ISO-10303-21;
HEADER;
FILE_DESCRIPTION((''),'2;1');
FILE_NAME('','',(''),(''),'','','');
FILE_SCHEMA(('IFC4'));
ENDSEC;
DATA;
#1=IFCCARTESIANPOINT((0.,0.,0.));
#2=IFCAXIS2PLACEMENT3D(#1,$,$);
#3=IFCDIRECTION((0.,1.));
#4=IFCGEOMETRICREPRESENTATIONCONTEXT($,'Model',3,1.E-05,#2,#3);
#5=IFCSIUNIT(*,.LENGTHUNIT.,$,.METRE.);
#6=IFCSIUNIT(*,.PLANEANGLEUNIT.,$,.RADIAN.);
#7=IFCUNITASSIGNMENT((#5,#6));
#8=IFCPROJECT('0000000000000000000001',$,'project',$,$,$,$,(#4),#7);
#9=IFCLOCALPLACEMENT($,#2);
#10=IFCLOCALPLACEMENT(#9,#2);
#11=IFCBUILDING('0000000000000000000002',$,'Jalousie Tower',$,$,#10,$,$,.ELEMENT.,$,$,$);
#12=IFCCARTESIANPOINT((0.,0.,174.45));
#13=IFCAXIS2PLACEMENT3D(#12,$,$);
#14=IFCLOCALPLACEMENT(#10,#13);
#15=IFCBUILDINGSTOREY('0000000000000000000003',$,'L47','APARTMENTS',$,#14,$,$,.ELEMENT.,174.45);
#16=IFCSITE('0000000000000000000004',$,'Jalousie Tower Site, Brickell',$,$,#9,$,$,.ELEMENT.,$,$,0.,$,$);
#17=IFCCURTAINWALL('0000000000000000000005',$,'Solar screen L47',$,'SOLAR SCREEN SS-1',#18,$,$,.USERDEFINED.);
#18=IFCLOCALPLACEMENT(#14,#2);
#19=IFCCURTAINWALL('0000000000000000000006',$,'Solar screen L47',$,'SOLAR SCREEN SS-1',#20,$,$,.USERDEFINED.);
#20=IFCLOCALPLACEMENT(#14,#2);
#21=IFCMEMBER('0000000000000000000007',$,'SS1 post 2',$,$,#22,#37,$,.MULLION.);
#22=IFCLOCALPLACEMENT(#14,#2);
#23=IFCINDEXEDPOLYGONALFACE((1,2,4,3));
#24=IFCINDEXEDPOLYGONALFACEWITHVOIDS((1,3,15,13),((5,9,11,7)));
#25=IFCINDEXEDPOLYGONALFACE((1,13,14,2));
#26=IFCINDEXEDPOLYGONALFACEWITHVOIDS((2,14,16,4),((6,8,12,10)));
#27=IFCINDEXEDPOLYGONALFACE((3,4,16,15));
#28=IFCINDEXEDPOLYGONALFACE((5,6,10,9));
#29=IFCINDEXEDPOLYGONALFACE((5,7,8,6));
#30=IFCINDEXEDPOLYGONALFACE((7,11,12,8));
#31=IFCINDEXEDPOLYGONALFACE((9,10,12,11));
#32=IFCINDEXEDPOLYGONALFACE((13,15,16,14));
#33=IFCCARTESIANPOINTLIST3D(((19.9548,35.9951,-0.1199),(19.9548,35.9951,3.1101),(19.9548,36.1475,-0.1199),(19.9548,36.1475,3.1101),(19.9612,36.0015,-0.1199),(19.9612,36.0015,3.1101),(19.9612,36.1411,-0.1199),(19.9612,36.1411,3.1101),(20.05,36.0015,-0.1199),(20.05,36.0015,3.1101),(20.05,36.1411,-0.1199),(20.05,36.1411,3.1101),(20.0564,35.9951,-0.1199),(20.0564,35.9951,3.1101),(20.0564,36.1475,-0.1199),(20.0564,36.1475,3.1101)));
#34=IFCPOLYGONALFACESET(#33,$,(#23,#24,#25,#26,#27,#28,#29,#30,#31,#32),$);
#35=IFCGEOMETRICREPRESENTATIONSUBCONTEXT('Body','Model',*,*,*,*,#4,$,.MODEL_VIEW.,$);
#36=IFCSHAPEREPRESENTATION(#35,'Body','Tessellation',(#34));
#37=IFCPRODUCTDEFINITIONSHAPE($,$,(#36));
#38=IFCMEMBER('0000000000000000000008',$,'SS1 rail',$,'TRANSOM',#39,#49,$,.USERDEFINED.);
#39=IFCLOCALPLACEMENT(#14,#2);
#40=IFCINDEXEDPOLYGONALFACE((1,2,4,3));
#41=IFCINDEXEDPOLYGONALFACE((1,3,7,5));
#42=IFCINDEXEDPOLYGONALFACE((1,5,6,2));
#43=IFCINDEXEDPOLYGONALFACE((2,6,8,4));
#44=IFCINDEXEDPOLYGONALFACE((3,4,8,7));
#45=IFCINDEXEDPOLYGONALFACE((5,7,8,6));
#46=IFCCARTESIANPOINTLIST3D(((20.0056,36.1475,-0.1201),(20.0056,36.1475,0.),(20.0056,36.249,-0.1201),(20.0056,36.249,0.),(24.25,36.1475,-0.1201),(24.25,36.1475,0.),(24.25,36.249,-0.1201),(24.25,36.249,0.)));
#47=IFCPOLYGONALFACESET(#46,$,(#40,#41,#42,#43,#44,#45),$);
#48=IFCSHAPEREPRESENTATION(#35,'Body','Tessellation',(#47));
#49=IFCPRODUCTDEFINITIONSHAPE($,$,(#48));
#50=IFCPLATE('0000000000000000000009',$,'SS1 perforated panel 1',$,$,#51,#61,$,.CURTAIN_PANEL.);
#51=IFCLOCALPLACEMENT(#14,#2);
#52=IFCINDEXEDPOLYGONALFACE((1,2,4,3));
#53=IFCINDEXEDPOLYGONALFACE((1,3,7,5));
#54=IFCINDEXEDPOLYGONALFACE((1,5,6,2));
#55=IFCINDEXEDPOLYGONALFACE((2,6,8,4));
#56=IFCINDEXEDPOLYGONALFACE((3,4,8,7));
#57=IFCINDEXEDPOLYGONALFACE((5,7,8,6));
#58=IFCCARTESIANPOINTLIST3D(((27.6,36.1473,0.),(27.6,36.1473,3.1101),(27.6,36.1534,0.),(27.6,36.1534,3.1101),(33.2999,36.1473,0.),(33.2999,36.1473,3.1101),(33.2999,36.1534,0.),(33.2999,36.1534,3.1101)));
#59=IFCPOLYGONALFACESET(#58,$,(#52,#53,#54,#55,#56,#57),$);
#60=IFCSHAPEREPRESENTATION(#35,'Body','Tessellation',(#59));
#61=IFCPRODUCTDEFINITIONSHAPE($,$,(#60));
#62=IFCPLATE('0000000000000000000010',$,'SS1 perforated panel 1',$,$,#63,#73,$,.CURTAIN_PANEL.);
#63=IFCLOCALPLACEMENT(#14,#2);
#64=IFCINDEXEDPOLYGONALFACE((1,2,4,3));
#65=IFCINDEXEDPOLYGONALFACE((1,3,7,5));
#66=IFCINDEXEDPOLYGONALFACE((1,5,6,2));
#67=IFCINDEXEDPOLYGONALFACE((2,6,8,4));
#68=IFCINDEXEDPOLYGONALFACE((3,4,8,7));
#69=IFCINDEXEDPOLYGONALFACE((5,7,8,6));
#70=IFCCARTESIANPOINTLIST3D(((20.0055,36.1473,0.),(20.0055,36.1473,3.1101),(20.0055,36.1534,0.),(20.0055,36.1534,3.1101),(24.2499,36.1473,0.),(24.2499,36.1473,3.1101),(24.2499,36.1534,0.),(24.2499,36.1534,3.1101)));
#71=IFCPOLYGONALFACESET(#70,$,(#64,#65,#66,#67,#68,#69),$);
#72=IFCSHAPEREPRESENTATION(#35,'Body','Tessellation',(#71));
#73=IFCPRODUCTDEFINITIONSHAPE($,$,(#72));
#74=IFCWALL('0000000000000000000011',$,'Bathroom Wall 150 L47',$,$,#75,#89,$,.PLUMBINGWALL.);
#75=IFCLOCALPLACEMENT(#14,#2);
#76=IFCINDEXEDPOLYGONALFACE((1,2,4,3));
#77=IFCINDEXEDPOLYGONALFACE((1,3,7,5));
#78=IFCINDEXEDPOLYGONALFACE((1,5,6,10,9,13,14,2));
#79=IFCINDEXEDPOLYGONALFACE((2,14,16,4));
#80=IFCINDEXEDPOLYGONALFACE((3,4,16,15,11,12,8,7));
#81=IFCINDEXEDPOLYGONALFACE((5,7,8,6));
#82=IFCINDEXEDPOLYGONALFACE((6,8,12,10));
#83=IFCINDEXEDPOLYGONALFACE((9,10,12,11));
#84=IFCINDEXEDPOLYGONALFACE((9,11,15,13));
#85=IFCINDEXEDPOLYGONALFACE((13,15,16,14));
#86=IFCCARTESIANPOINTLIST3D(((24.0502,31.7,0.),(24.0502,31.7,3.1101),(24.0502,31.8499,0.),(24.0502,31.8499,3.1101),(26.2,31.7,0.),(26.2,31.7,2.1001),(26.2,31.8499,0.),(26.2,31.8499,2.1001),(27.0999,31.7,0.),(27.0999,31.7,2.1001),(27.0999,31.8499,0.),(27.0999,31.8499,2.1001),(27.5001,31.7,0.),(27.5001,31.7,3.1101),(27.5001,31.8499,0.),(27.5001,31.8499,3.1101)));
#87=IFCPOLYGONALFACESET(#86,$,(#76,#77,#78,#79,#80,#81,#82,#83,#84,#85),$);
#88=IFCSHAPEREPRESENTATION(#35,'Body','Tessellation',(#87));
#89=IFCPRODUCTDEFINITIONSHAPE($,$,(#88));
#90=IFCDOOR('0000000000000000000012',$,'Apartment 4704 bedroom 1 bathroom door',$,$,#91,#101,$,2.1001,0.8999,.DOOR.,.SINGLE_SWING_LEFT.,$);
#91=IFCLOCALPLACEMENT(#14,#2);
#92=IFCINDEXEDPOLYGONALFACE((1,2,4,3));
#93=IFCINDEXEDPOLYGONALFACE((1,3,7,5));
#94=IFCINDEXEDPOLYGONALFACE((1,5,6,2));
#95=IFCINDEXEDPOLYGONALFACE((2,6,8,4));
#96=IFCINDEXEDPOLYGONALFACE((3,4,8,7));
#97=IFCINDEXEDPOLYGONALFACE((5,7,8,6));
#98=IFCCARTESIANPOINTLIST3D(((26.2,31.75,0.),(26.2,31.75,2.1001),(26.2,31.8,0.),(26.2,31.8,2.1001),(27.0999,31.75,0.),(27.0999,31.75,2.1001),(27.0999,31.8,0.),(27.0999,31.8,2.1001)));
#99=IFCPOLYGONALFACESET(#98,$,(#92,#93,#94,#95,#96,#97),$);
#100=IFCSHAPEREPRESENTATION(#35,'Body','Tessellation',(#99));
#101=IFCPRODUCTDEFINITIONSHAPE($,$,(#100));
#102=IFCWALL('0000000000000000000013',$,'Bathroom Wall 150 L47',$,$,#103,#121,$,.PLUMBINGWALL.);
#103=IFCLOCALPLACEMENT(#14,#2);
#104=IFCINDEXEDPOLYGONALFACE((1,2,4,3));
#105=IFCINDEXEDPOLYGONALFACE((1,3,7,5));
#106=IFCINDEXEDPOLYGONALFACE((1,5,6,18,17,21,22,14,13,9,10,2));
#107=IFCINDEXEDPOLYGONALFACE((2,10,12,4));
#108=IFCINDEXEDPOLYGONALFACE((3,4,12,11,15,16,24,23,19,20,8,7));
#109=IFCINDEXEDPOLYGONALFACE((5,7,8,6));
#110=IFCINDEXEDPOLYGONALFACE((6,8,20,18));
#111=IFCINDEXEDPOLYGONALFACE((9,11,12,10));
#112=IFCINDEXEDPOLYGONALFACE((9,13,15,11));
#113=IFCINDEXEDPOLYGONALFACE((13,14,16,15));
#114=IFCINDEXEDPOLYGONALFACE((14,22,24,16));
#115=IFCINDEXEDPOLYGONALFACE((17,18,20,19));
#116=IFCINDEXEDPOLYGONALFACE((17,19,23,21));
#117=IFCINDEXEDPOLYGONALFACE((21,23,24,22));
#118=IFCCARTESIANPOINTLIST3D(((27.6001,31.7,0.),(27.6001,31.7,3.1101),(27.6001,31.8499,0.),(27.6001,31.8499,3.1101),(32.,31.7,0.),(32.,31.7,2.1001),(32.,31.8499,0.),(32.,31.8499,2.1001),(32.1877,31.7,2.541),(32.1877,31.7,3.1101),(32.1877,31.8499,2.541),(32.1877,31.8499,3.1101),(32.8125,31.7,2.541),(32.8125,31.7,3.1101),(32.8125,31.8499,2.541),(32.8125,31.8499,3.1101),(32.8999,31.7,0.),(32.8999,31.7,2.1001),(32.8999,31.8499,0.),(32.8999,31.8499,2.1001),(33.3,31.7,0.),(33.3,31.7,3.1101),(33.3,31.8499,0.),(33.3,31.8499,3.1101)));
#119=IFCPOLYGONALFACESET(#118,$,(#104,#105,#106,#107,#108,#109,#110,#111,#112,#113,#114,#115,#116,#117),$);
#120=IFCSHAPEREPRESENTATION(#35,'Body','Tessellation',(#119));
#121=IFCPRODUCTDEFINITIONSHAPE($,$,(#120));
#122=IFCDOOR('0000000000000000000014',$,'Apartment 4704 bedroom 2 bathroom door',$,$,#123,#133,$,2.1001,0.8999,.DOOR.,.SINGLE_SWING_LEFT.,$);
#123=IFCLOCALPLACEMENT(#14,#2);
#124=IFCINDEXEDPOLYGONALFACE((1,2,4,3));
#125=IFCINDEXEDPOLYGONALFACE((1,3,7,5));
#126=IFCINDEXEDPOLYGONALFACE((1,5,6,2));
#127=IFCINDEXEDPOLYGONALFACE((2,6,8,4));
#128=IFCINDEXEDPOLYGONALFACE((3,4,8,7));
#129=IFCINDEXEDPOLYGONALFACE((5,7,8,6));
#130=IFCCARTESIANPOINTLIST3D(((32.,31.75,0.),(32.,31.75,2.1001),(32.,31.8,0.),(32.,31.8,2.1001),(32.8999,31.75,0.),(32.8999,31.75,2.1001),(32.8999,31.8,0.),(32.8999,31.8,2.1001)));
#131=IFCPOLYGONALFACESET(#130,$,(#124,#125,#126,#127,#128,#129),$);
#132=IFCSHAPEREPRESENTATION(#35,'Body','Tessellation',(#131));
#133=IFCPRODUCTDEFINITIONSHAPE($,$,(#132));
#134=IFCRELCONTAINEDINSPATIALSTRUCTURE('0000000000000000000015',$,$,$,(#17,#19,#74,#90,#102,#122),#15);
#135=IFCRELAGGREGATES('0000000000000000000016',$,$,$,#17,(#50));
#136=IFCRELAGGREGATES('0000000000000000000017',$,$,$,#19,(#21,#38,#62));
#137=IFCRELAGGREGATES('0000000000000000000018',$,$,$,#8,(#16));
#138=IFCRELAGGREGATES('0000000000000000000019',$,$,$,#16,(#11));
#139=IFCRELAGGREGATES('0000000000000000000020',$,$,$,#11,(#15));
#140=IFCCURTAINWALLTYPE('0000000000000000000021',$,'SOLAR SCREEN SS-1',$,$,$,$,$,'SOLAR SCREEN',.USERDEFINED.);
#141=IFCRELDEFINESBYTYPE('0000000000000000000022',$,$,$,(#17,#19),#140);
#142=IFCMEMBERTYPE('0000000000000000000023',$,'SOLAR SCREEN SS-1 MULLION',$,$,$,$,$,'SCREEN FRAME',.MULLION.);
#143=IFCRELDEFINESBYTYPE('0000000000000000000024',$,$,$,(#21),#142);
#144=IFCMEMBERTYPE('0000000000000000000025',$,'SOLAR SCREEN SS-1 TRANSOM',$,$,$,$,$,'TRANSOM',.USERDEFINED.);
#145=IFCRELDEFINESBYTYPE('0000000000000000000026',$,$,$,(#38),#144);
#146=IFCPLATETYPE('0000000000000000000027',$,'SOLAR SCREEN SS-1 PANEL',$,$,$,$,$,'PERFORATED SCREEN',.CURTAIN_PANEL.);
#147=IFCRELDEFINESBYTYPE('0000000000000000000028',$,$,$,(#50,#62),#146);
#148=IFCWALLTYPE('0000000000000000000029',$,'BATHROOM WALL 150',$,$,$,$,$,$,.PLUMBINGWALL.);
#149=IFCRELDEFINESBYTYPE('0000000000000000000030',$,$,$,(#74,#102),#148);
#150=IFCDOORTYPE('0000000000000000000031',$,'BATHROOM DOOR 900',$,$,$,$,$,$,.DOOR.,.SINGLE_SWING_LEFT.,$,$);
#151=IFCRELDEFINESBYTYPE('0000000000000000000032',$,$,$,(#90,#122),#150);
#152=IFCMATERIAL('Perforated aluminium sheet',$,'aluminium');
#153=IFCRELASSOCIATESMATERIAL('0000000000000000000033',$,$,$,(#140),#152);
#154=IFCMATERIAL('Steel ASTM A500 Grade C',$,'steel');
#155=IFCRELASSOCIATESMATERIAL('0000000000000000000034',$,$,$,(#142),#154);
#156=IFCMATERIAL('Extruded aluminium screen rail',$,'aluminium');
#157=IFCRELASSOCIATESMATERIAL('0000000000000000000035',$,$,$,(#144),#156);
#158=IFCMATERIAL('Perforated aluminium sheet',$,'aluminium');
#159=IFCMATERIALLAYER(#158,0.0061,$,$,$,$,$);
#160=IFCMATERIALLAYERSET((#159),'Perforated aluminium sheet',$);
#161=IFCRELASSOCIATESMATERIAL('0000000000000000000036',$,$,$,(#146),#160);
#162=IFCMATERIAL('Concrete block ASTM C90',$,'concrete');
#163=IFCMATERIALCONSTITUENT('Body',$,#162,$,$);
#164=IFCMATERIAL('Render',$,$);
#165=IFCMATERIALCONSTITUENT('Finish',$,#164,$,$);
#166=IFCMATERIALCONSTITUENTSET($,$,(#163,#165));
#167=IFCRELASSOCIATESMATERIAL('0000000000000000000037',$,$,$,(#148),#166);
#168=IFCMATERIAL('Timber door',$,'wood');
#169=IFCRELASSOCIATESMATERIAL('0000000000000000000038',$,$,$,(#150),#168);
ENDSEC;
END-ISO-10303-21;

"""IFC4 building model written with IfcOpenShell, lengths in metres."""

from ifc_helpers import new_model, si_unit, direction, frame, frame_2d, origin, origin_2d, place, context, subcontext, project, spatial, polyline, rectangle, hollow_rectangle, outline, extrude, material, layer, layer_set, constituent, constituent_set, material_profile, profile_set, type_object, element, fill, aggregate, save


model = new_model("IFC4")

# Units and contexts
model_context = context("Model", 3, precision=1e-05, world=origin(), true_north=direction((0.0, 1.0)))
body_context = subcontext(model_context, "Body", "Model", "MODEL_VIEW")
ifc_project = project(units=[si_unit("LENGTHUNIT", "METRE"), si_unit("PLANEANGLEUNIT", "RADIAN")], contexts=[model_context])

# Site, building, storey
site_placement = place(None, origin())
site = spatial("IfcSite", under=ifc_project, at=site_placement, Name="Jalousie Tower Site, Brickell", CompositionType="ELEMENT", RefElevation=0.0)
building_placement = place(site_placement, origin())
building = spatial("IfcBuilding", under=site, at=building_placement, Name="Jalousie Tower", CompositionType="ELEMENT")
storey_placement = place(building_placement, frame((0.0, 0.0, 174.45)))
storey = spatial("IfcBuildingStorey", under=building, at=storey_placement, Name="L47", Description="APARTMENTS", CompositionType="ELEMENT", Elevation=174.45)

# Curtain wall
ifc_material_1 = material(Name="Perforated aluminium sheet", Category="aluminium")
curtain_wall_type = type_object("IfcCurtainWallType", Name="SOLAR SCREEN SS-1", ElementType="SOLAR SCREEN", PredefinedType="USERDEFINED", material=ifc_material_1)
curtain_wall_1_placement = place(storey_placement, origin())
curtain_wall_1 = element("IfcCurtainWall", 1, at=curtain_wall_1_placement, inside=storey, type_object=curtain_wall_type, Name="Solar screen L47", ObjectType="SOLAR SCREEN SS-1", PredefinedType="USERDEFINED")
ifc_material_2 = material(Name="Steel ASTM A500 Grade C", Category="steel")
ifc_material_profile_1 = material_profile(ifc_material_2, hollow_rectangle(XDim=0.1016, YDim=0.1523, WallThickness=0.0063, at=origin_2d()), Name="HSS6X4X1/4")
ifc_profile_set_1 = profile_set([ifc_material_profile_1], Name="Steel ASTM A500 Grade C")
member_type_1 = type_object("IfcMemberType", Name="SOLAR SCREEN SS-1 MULLION", ElementType="SCREEN FRAME", PredefinedType="MULLION", material=ifc_profile_set_1)

# Curtain wall, members
curtain_wall_2_placement = place(storey_placement, origin())
curtain_wall_2 = element("IfcCurtainWall", 2, at=curtain_wall_2_placement, inside=storey, type_object=curtain_wall_type, Name="Solar screen L47", ObjectType="SOLAR SCREEN SS-1", PredefinedType="USERDEFINED")
member_1_placement = place(storey_placement, frame((20.0056, 36.0713, -0.1199), z_axis=(0.0, 0.0, 1.0), x_axis=(-1.0, 0.0, 0.0)))
member_1 = element("IfcMember", 3, at=member_1_placement, type_object=member_type_1, Name="SS1 post 2", PredefinedType="MULLION", context=body_context, shape_type="SweptSolid", body=[
    extrude(hollow_rectangle(XDim=0.1016, YDim=0.1523, WallThickness=0.0063, at=origin_2d()), origin(), (0.0, 0.0, 1.0), 3.23),
])
ifc_material_3 = material(Name="Extruded aluminium screen rail", Category="aluminium")
ifc_material_profile_2 = material_profile(ifc_material_3, rectangle(XDim=0.1016, YDim=0.1201, at=origin_2d()), Name="RAIL 102x120")
ifc_profile_set_2 = profile_set([ifc_material_profile_2], Name="Extruded aluminium screen rail")
member_type_2 = type_object("IfcMemberType", Name="SOLAR SCREEN SS-1 TRANSOM", ElementType="TRANSOM", PredefinedType="USERDEFINED", material=ifc_profile_set_2)
member_2_placement = place(storey_placement, frame((24.25, 36.1982, -0.0601), z_axis=(-1.0, 0.0, 0.0), x_axis=(0.0, -1.0, 0.0)))
member_2 = element("IfcMember", 4, at=member_2_placement, type_object=member_type_2, Name="SS1 rail", ObjectType="TRANSOM", PredefinedType="USERDEFINED", context=body_context, shape_type="SweptSolid", body=[
    extrude(rectangle(XDim=0.1016, YDim=0.1201, at=origin_2d()), origin(), (0.0, 0.0, 1.0), 4.2444),
])

# Plates
ifc_material_4 = material(Name="Perforated aluminium sheet", Category="aluminium")
ifc_layer_1 = layer(ifc_material_4, 0.0061)
ifc_layer_set_1 = layer_set([ifc_layer_1], Name="Perforated aluminium sheet")
plate_type = type_object("IfcPlateType", Name="SOLAR SCREEN SS-1 PANEL", ElementType="PERFORATED SCREEN", PredefinedType="CURTAIN_PANEL", material=ifc_layer_set_1)
plate_1_placement = place(storey_placement, frame((30.45, 36.1504, 0.0), z_axis=(0.0, 0.0, 1.0), x_axis=(-1.0, 0.0, 0.0)))
plate_1 = element("IfcPlate", 5, at=plate_1_placement, type_object=plate_type, Name="SS1 perforated panel 1", PredefinedType="CURTAIN_PANEL", context=body_context, shape_type="SweptSolid", body=[
    extrude(rectangle(XDim=5.7, YDim=0.0061, at=origin_2d()), origin(), (0.0, 0.0, 1.0), 3.1101),
])
aggregate(curtain_wall_1, [plate_1])
plate_2_placement = place(storey_placement, frame((22.1277, 36.1504, 0.0), z_axis=(0.0, 0.0, 1.0), x_axis=(-1.0, 0.0, 0.0)))
plate_2 = element("IfcPlate", 6, at=plate_2_placement, type_object=plate_type, Name="SS1 perforated panel 1", PredefinedType="CURTAIN_PANEL", context=body_context, shape_type="SweptSolid", body=[
    extrude(rectangle(XDim=4.2444, YDim=0.0061, at=origin_2d()), origin(), (0.0, 0.0, 1.0), 3.1101),
])
aggregate(curtain_wall_2, [member_1, member_2, plate_2])

# Walls, openings, doors
ifc_material_5 = material(Name="Concrete block ASTM C90", Category="concrete")
ifc_constituent_1 = constituent(ifc_material_5, Name="Body")
ifc_material_6 = material(Name="Render")
ifc_constituent_2 = constituent(ifc_material_6, Name="Finish")
ifc_constituent_set_1 = constituent_set(constituents=[ifc_constituent_1, ifc_constituent_2])
wall_type_1 = type_object("IfcWallType", Name="BATHROOM WALL 150", PredefinedType="PLUMBINGWALL", material=ifc_constituent_set_1)
wall_1_placement = place(storey_placement, frame((24.05, 31.7749, 0.0), z_axis=(0.0, 0.0, 1.0), x_axis=(1.0, 0.0, 0.0)))
wall_1 = element("IfcWall", 7, at=wall_1_placement, inside=storey, type_object=wall_type_1, Name="Bathroom Wall 150 L47", PredefinedType="PLUMBINGWALL", context=body_context, shape_type="SweptSolid", body=[
    extrude(rectangle(XDim=3.45, YDim=0.1499, at=frame_2d((1.7251, 0.0))), origin(), (0.0, 0.0, 1.0), 3.1101),
])
opening_1_placement = place(wall_1_placement, frame((2.1499, 0.0, 0.0)))
opening_1 = element("IfcOpeningElement", 8, at=opening_1_placement, cuts=wall_1, PredefinedType="OPENING", context=body_context, shape_type="SweptSolid", body=[
    extrude(rectangle(XDim=0.8999, YDim=2.1001, at=frame_2d((0.45, 1.05))), frame((0.0, 0.085, 0.0), z_axis=(0.0, -1.0, 0.0), x_axis=(1.0, 0.0, 0.0)), (0.0, 0.0, 1.0), 0.1699),
])
ifc_material_7 = material(Name="Timber door", Category="wood")
door_type_1 = type_object("IfcDoorType", Name="BATHROOM DOOR 900", OperationType="SINGLE_SWING_LEFT", PredefinedType="DOOR", material=ifc_material_7)
door_1_placement = place(opening_1_placement, frame((0.8999, 0.0, 0.0), z_axis=(0.0, 0.0, 1.0), x_axis=(-1.0, 0.0, 0.0)))
door_1 = element("IfcDoor", 9, at=door_1_placement, inside=storey, type_object=door_type_1, Name="Apartment 4704 bedroom 1 bathroom door", OperationType="SINGLE_SWING_LEFT", OverallHeight=2.1001, OverallWidth=0.8999, PredefinedType="DOOR", context=body_context, shape_type="SweptSolid", body=[
    extrude(rectangle(XDim=0.8999, YDim=2.1001, at=frame_2d((0.45, 1.05))), frame((0.0, 0.0249, 0.0), z_axis=(0.0, -1.0, 0.0), x_axis=(1.0, 0.0, 0.0)), (0.0, 0.0, 1.0), 0.05),
])
fill(opening_1, door_1)
wall_2_placement = place(storey_placement, frame((27.6001, 31.7749, 0.0), z_axis=(0.0, 0.0, 1.0), x_axis=(1.0, 0.0, 0.0)))
wall_2 = element("IfcWall", 10, at=wall_2_placement, inside=storey, type_object=wall_type_1, Name="Bathroom Wall 150 L47", PredefinedType="PLUMBINGWALL", context=body_context, shape_type="SweptSolid", body=[
    extrude(outline(polyline([(0.0, 0.0), (5.7, 0.0), (5.7, 3.1101), (5.2124, 3.1101), (5.2124, 2.541), (4.5876, 2.541), (4.5876, 3.1101), (0.0, 3.1101), (0.0, 0.0)])), frame((0.0, 0.075, 0.0), z_axis=(0.0, -1.0, 0.0), x_axis=(1.0, 0.0, 0.0)), (0.0, 0.0, 1.0), 0.1499),
])
opening_2_placement = place(wall_2_placement, frame((4.3999, 0.0, 0.0)))
opening_2 = element("IfcOpeningElement", 11, at=opening_2_placement, cuts=wall_2, PredefinedType="OPENING", context=body_context, shape_type="SweptSolid", body=[
    extrude(rectangle(XDim=0.8999, YDim=2.1001, at=frame_2d((0.45, 1.05))), frame((0.0, 0.085, 0.0), z_axis=(0.0, -1.0, 0.0), x_axis=(1.0, 0.0, 0.0)), (0.0, 0.0, 1.0), 0.1699),
])
door_2_placement = place(opening_2_placement, frame((0.8999, 0.0, 0.0), z_axis=(0.0, 0.0, 1.0), x_axis=(-1.0, 0.0, 0.0)))
door_2 = element("IfcDoor", 12, at=door_2_placement, inside=storey, type_object=door_type_1, Name="Apartment 4704 bedroom 2 bathroom door", OperationType="SINGLE_SWING_LEFT", OverallHeight=2.1001, OverallWidth=0.8999, PredefinedType="DOOR", context=body_context, shape_type="SweptSolid", body=[
    extrude(rectangle(XDim=0.8999, YDim=2.1001, at=frame_2d((0.45, 1.05))), frame((0.0, 0.0249, 0.0), z_axis=(0.0, -1.0, 0.0), x_axis=(1.0, 0.0, 0.0)), (0.0, 0.0, 1.0), 0.05),
])
fill(opening_2, door_2)

save(model, "model.ifc")
